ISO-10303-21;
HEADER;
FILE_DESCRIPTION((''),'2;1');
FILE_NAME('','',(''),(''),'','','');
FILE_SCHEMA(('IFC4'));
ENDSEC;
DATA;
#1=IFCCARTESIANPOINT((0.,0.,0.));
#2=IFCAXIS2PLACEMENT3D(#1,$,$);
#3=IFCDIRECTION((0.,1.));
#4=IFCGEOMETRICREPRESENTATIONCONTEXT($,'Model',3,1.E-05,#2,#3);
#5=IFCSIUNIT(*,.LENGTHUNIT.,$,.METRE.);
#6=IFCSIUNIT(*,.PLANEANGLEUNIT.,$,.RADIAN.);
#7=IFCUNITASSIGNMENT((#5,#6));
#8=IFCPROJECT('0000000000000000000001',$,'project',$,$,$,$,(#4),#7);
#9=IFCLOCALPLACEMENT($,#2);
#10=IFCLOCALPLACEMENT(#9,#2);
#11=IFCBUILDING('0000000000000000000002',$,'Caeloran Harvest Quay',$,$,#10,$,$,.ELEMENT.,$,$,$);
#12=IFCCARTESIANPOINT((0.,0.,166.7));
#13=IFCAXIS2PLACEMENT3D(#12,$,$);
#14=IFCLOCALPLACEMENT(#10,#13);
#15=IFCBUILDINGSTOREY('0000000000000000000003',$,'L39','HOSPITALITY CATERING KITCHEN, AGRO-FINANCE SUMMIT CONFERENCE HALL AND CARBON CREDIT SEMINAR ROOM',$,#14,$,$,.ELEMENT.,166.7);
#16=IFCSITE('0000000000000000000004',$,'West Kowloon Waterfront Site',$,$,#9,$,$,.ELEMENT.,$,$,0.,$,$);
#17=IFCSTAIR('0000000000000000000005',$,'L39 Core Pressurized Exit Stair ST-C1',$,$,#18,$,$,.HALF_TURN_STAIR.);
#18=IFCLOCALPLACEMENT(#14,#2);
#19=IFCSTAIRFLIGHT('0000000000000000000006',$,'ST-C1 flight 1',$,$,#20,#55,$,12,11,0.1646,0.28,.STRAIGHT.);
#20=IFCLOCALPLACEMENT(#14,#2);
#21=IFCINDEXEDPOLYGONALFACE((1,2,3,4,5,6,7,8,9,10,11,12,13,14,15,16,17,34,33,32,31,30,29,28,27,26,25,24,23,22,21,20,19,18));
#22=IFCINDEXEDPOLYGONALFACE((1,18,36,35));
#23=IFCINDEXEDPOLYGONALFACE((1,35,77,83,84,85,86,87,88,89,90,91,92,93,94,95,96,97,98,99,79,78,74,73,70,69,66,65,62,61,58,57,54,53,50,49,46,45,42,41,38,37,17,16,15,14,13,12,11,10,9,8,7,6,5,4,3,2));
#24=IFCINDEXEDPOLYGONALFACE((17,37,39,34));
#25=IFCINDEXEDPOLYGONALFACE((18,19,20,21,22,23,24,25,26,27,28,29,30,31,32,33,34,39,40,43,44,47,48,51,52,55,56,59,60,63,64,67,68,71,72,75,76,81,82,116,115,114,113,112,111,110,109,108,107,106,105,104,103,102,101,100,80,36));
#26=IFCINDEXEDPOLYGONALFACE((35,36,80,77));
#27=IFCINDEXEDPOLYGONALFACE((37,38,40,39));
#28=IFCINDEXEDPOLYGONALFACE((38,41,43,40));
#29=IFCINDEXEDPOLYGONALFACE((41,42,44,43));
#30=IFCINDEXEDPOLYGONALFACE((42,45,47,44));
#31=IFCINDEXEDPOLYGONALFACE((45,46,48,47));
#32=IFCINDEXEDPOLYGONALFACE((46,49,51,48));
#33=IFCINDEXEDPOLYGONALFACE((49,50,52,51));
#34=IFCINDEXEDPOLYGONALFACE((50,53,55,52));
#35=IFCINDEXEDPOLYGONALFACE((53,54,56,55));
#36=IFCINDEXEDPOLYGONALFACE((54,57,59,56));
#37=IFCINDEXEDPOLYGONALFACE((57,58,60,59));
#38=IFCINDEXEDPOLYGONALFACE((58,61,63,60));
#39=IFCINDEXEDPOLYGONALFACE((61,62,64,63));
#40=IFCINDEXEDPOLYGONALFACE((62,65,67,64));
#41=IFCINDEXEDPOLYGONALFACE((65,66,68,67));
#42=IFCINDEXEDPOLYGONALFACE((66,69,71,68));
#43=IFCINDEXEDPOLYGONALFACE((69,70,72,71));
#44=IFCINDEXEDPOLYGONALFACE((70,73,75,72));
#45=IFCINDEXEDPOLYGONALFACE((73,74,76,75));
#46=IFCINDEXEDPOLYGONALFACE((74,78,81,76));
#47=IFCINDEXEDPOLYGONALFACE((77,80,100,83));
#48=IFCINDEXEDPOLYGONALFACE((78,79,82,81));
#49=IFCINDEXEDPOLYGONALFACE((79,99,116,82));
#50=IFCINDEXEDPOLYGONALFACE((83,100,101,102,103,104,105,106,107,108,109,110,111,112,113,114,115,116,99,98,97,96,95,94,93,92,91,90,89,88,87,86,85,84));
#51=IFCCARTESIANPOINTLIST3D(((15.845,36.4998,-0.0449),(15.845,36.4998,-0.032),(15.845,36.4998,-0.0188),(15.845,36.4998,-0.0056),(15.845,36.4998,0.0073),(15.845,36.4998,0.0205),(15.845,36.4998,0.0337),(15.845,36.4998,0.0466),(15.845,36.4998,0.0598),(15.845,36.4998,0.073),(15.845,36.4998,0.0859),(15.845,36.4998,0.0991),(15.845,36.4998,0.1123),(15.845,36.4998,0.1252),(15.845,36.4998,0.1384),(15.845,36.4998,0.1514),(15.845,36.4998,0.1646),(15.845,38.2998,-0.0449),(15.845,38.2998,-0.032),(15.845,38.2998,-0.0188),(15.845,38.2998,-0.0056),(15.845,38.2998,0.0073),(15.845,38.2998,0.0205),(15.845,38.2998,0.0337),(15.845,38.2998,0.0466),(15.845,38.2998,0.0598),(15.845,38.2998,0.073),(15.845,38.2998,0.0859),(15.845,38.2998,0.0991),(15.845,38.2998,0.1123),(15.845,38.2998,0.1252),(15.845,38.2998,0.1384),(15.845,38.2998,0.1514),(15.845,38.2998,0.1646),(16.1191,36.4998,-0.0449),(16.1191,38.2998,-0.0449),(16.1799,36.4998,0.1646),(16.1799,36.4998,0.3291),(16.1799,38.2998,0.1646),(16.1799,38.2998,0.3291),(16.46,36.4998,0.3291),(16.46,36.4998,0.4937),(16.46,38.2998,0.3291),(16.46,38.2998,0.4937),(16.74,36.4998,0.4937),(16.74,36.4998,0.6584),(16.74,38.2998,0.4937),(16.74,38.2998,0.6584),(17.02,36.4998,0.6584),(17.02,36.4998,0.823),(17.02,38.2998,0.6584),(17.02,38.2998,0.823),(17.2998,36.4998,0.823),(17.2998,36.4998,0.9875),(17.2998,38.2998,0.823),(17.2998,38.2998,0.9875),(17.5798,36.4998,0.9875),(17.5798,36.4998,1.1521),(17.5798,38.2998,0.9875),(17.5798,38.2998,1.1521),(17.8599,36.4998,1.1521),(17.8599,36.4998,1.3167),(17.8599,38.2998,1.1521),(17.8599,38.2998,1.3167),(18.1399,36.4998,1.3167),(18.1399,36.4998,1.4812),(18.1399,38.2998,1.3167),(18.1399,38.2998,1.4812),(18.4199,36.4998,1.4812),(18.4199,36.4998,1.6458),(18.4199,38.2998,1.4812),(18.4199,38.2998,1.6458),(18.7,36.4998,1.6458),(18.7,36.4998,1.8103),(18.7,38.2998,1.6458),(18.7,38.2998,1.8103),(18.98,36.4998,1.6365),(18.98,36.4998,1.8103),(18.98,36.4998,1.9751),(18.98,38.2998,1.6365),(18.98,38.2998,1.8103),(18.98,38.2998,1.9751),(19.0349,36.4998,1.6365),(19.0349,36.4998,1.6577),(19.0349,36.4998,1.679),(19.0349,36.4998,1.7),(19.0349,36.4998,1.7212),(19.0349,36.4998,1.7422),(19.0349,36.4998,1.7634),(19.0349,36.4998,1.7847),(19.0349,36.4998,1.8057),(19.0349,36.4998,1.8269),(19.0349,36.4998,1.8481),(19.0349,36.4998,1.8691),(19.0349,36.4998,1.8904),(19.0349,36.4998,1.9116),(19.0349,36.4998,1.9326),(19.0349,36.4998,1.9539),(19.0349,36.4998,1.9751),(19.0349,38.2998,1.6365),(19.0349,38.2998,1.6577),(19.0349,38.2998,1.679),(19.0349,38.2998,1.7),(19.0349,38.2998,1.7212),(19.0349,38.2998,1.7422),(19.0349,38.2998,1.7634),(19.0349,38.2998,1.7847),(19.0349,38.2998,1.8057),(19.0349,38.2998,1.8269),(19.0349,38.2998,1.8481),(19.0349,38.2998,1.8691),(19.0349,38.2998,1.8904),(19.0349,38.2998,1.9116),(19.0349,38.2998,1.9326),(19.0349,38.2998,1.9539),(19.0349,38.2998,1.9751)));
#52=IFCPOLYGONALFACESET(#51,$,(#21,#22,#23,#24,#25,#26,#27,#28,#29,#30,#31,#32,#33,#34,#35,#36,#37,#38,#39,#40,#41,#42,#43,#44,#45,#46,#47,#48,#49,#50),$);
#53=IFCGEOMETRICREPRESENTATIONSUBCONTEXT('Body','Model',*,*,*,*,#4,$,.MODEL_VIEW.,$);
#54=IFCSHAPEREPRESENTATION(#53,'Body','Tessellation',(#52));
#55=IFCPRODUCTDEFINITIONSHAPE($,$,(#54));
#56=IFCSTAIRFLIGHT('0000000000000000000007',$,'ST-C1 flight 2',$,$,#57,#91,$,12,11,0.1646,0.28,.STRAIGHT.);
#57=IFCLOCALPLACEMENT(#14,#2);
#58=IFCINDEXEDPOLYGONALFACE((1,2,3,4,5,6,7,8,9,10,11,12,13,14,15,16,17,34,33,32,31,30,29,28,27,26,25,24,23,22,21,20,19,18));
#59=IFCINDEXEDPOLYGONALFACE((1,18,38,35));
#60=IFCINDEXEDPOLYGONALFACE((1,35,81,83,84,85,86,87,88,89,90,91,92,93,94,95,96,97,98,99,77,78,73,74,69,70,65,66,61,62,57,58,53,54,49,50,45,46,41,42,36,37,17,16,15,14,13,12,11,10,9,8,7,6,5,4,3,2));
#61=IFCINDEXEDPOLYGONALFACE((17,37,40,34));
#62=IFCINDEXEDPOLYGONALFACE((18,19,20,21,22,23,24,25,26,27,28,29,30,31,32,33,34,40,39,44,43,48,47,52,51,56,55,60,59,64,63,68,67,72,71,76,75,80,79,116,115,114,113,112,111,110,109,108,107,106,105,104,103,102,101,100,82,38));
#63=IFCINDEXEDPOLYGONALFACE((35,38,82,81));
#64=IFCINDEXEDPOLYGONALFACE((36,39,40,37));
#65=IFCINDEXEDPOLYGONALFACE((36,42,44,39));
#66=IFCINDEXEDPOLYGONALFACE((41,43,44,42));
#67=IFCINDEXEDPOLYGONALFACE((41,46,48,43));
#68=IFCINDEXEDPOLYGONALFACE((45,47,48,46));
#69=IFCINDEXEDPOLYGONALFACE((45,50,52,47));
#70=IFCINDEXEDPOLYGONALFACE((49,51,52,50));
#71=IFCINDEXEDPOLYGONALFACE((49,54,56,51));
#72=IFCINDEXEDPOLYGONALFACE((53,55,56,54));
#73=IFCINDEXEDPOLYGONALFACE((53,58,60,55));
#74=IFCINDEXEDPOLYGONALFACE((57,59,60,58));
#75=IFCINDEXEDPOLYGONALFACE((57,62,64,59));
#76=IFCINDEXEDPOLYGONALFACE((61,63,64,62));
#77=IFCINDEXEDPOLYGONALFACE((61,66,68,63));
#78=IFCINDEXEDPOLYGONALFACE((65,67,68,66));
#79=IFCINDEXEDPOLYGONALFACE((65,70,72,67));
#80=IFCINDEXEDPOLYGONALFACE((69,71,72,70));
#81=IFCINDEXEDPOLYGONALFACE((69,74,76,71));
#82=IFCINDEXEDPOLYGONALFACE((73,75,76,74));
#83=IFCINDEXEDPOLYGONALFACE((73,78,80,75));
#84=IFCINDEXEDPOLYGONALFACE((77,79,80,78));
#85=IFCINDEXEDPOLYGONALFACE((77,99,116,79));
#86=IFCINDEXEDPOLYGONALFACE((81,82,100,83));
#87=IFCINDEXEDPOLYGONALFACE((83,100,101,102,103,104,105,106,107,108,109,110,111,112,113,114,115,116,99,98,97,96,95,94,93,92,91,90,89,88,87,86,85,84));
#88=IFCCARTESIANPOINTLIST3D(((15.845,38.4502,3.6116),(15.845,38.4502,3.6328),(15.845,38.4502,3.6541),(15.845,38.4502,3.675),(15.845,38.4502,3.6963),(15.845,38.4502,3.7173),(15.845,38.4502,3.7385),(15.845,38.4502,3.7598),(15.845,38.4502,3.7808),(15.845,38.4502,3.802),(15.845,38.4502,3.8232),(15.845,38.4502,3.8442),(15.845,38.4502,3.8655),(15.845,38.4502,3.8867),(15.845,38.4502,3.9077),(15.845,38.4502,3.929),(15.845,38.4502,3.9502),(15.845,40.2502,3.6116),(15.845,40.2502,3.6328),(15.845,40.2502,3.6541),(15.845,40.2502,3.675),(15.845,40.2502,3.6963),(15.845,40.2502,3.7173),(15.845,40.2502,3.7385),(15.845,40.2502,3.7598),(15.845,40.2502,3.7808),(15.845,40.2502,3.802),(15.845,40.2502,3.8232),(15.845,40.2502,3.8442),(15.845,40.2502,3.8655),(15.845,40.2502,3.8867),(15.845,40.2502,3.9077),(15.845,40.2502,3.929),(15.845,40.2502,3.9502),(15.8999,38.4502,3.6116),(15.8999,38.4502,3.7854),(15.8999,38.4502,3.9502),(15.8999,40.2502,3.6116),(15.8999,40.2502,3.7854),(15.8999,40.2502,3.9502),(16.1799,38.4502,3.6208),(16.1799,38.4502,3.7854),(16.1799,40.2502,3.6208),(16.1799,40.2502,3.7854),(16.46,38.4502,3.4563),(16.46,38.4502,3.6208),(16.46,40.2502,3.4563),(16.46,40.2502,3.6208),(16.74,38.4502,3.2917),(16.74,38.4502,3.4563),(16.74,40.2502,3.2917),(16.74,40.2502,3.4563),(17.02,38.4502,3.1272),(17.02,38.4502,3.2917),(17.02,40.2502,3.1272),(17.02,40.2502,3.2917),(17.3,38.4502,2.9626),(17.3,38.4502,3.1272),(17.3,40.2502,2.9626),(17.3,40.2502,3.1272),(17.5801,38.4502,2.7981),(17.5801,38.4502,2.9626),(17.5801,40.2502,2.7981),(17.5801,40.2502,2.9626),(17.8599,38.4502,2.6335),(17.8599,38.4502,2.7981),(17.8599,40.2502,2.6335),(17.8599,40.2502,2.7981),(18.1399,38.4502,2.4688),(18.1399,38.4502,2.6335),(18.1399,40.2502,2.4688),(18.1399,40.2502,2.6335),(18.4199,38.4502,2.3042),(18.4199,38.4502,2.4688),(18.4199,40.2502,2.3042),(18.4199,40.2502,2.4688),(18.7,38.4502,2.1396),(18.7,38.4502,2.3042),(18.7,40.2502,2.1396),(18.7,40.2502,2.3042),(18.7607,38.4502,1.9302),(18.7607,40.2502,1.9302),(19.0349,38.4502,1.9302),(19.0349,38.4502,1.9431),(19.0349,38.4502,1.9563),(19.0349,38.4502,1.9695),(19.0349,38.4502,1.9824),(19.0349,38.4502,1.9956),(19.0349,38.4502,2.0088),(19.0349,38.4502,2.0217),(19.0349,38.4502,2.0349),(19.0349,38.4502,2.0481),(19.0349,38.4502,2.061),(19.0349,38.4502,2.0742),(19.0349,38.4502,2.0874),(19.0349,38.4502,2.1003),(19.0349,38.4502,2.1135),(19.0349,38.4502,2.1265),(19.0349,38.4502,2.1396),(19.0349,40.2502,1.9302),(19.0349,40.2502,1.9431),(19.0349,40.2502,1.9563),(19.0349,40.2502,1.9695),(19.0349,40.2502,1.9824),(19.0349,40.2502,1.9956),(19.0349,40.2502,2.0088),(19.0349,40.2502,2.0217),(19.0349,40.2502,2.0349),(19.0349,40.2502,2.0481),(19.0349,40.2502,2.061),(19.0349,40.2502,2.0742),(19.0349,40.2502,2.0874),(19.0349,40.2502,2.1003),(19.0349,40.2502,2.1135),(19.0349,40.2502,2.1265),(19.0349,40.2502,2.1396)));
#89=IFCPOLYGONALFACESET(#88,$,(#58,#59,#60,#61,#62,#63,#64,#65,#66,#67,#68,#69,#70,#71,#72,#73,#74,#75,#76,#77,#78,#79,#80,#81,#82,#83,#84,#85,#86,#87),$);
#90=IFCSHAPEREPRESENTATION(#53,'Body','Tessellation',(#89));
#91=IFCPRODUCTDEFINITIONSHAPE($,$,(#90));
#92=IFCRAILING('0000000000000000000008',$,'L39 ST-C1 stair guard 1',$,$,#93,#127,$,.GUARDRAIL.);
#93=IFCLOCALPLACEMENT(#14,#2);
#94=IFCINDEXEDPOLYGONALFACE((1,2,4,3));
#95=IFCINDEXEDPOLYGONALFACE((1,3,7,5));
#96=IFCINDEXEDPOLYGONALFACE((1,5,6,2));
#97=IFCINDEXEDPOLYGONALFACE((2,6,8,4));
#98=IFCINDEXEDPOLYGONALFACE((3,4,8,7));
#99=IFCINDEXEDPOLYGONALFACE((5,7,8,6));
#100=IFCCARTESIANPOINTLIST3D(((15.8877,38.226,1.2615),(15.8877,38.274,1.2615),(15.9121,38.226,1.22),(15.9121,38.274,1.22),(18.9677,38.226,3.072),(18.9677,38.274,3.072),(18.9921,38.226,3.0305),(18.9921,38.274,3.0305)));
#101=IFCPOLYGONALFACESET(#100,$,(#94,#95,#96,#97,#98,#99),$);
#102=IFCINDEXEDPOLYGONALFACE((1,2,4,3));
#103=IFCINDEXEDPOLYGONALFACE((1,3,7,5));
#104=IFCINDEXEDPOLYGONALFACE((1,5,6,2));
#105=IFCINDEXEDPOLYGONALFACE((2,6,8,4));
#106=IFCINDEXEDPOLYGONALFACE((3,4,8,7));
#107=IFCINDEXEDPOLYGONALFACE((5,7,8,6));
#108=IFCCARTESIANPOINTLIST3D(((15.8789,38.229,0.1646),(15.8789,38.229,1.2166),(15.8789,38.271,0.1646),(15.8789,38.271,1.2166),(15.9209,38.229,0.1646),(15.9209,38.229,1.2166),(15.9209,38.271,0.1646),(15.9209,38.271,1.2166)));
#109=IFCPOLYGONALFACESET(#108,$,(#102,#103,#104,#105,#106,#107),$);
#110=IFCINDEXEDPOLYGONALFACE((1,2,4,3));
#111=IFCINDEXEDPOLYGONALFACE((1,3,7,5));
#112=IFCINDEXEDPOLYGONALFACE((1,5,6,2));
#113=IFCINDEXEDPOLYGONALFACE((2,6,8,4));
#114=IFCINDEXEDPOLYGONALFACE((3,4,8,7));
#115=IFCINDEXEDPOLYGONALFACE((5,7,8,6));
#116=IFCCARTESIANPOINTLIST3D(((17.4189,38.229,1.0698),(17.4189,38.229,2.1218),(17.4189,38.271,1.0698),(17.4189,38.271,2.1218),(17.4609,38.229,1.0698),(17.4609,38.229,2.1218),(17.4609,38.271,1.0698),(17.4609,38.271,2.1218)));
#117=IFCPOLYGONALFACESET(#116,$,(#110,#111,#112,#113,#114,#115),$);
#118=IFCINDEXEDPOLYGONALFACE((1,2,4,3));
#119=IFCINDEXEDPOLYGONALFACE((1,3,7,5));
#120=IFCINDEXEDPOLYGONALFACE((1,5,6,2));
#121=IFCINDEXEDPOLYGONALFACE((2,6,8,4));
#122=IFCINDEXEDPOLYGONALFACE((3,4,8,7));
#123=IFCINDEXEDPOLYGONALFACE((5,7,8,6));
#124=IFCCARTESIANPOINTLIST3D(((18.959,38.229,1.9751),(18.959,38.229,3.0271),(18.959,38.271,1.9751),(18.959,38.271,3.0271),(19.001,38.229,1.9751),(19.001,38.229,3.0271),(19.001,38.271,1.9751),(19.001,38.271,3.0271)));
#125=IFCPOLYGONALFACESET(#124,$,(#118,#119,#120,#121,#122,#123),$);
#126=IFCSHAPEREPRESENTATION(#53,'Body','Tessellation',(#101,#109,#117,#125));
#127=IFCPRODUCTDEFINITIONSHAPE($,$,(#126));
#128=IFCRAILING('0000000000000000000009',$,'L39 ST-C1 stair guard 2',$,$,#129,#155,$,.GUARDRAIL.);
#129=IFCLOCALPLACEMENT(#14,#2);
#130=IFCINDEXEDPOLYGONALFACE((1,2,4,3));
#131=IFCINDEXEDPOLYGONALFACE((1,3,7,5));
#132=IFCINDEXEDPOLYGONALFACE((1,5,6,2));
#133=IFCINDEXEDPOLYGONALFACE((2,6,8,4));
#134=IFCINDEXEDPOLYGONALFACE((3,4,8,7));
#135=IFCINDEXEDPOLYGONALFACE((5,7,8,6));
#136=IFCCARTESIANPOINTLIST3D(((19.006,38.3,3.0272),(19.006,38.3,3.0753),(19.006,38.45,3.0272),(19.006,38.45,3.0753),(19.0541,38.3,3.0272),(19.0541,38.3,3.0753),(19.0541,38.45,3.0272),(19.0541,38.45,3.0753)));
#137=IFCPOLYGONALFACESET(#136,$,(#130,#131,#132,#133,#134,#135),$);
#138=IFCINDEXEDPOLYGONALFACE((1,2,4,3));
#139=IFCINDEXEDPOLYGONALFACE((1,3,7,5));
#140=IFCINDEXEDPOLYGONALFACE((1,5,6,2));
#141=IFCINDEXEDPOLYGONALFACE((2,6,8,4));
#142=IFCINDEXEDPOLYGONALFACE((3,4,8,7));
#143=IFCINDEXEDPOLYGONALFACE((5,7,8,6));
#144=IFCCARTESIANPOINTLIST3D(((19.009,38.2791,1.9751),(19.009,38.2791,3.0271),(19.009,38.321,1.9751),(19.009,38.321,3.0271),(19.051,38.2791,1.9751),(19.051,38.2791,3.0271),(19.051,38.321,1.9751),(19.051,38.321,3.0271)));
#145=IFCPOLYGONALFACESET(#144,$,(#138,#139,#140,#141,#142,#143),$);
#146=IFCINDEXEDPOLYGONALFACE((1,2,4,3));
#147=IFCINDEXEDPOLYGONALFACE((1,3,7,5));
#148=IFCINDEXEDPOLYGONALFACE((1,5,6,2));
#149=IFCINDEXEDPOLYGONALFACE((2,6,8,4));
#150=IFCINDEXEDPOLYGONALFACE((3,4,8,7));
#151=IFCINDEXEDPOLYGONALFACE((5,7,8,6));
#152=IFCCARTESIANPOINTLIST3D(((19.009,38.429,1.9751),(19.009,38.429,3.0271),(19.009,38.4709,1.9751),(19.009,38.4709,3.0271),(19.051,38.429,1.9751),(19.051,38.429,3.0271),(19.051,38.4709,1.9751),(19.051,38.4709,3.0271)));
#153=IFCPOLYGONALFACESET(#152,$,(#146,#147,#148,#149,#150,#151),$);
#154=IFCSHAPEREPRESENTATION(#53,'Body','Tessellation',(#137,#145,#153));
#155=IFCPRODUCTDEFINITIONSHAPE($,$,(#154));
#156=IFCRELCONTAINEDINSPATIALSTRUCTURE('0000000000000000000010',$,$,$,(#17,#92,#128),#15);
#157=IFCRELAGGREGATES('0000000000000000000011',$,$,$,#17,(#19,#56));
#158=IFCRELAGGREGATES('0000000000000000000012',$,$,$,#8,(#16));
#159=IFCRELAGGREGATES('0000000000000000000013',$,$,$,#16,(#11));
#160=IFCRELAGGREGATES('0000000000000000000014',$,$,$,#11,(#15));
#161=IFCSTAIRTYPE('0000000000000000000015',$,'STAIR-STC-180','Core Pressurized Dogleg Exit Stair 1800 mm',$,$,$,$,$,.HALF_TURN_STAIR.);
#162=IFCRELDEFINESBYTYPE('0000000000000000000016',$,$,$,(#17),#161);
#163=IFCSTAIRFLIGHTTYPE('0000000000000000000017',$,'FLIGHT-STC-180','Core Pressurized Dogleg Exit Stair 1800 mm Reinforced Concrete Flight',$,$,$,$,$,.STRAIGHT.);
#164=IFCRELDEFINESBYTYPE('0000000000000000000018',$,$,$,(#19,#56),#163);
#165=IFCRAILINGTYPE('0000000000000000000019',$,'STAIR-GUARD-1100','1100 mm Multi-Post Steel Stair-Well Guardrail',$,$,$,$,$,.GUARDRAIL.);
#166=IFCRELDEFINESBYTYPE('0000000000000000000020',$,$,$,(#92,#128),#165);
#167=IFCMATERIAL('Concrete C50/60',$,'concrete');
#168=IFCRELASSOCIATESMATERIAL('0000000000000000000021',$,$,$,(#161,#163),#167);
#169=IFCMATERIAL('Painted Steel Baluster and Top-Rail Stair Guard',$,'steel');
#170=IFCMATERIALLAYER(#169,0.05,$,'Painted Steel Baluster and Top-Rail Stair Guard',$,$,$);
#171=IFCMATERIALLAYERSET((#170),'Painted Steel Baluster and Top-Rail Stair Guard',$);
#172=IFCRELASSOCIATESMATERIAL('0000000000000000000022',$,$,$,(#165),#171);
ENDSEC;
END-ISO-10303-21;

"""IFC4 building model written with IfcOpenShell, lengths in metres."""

from ifc_helpers import new_model, si_unit, direction, frame, origin, origin_2d, place, context, subcontext, project, spatial, polyline, rectangle, outline, extrude, material, layer, layer_set, type_object, element, aggregate, save


model = new_model("IFC4")

# Units and contexts
model_context = context("Model", 3, precision=1e-05, world=origin(), true_north=direction((0.0, 1.0)))
body_context = subcontext(model_context, "Body", "Model", "MODEL_VIEW")
ifc_project = project(units=[si_unit("LENGTHUNIT", "METRE"), si_unit("PLANEANGLEUNIT", "RADIAN")], contexts=[model_context])

# Site, building, storey
site_placement = place(None, origin())
site = spatial("IfcSite", under=ifc_project, at=site_placement, Name="West Kowloon Waterfront Site", CompositionType="ELEMENT", RefElevation=0.0)
building_placement = place(site_placement, origin())
building = spatial("IfcBuilding", under=site, at=building_placement, Name="Caeloran Harvest Quay", CompositionType="ELEMENT")
storey_placement = place(building_placement, frame((0.0, 0.0, 166.7)))
storey = spatial("IfcBuildingStorey", under=building, at=storey_placement, Name="L39", Description="HOSPITALITY CATERING KITCHEN, AGRO-FINANCE SUMMIT CONFERENCE HALL AND CARBON CREDIT SEMINAR ROOM", CompositionType="ELEMENT", Elevation=166.7)

# Stair, stair flights
ifc_material_1 = material(Name="Concrete C50/60", Category="concrete")
stair_type = type_object("IfcStairType", Name="STAIR-STC-180", Description="Core Pressurized Dogleg Exit Stair 1800 mm", PredefinedType="HALF_TURN_STAIR", material=ifc_material_1)
stair_placement = place(storey_placement, origin())
stair = element("IfcStair", 1, at=stair_placement, inside=storey, type_object=stair_type, Name="L39 Core Pressurized Exit Stair ST-C1", PredefinedType="HALF_TURN_STAIR")
stair_flight_type = type_object("IfcStairFlightType", Name="FLIGHT-STC-180", Description="Core Pressurized Dogleg Exit Stair 1800 mm Reinforced Concrete Flight", PredefinedType="STRAIGHT", material=ifc_material_1)
stair_flight_1_placement = place(storey_placement, frame((15.8999, 37.3999, 0.0), z_axis=(0.0, 0.0, 1.0), x_axis=(1.0, 0.0, 0.0)))
stair_flight_1 = element("IfcStairFlight", 2, at=stair_flight_1_placement, type_object=stair_flight_type, Name="ST-C1 flight 1", NumberOfRisers=12, NumberOfTreads=11, PredefinedType="STRAIGHT", RiserHeight=0.1646, TreadLength=0.28, context=body_context, shape_type="SweptSolid", body=[
    extrude(outline(polyline([(-0.0549, -0.0449), (-0.0549, -0.032), (-0.0549, -0.0188), (-0.0549, -0.0056), (-0.0549, 0.0073), (-0.0549, 0.0205), (-0.0549, 0.0337), (-0.0549, 0.0466), (-0.0549, 0.0598), (-0.0549, 0.073), (-0.0549, 0.0859), (-0.0549, 0.0991), (-0.0549, 0.1123), (-0.0549, 0.1252), (-0.0549, 0.1384), (-0.0549, 0.1514), (-0.0549, 0.1646), (0.28, 0.1646), (0.28, 0.3291), (0.5601, 0.3291), (0.5601, 0.4937), (0.8401, 0.4937), (0.8401, 0.6584), (1.1201, 0.6584), (1.1201, 0.823), (1.3999, 0.823), (1.3999, 0.9875), (1.6799, 0.9875), (1.6799, 1.1521), (1.96, 1.1521), (1.96, 1.3167), (2.24, 1.3167), (2.24, 1.4812), (2.52, 1.4812), (2.52, 1.6458), (2.8, 1.6458), (2.8, 1.8103), (3.0801, 1.8103), (3.0801, 1.9751), (3.135, 1.9751), (3.135, 1.9539), (3.135, 1.9326), (3.135, 1.9116), (3.135, 1.8904), (3.135, 1.8691), (3.135, 1.8481), (3.135, 1.8269), (3.135, 1.8057), (3.135, 1.7847), (3.135, 1.7634), (3.135, 1.7422), (3.135, 1.7212), (3.135, 1.7), (3.135, 1.679), (3.135, 1.6577), (3.135, 1.6365), (3.0801, 1.6365), (0.2192, -0.0449), (-0.0549, -0.0449)])), frame((0.0, 0.8999, 0.0), z_axis=(0.0, -1.0, 0.0), x_axis=(1.0, 0.0, 0.0)), (0.0, 0.0, 1.0), 1.8),
])
stair_flight_2_placement = place(storey_placement, frame((18.98, 39.3501, 1.9751), z_axis=(0.0, 0.0, 1.0), x_axis=(-1.0, 0.0, 0.0)))
stair_flight_2 = element("IfcStairFlight", 3, at=stair_flight_2_placement, type_object=stair_flight_type, Name="ST-C1 flight 2", NumberOfRisers=12, NumberOfTreads=11, PredefinedType="STRAIGHT", RiserHeight=0.1646, TreadLength=0.28, context=body_context, shape_type="SweptSolid", body=[
    extrude(outline(polyline([(-0.0549, -0.0449), (-0.0549, -0.032), (-0.0549, -0.0188), (-0.0549, -0.0056), (-0.0549, 0.0073), (-0.0549, 0.0205), (-0.0549, 0.0337), (-0.0549, 0.0466), (-0.0549, 0.0598), (-0.0549, 0.073), (-0.0549, 0.0859), (-0.0549, 0.0991), (-0.0549, 0.1123), (-0.0549, 0.1252), (-0.0549, 0.1384), (-0.0549, 0.1514), (-0.0549, 0.1646), (0.28, 0.1646), (0.28, 0.3291), (0.5601, 0.3291), (0.5601, 0.4937), (0.8401, 0.4937), (0.8401, 0.6584), (1.1201, 0.6584), (1.1201, 0.823), (1.3999, 0.823), (1.3999, 0.9875), (1.6799, 0.9875), (1.6799, 1.1521), (1.96, 1.1521), (1.96, 1.3167), (2.24, 1.3167), (2.24, 1.4812), (2.52, 1.4812), (2.52, 1.6458), (2.8, 1.6458), (2.8, 1.8103), (3.0801, 1.8103), (3.0801, 1.9751), (3.135, 1.9751), (3.135, 1.9539), (3.135, 1.9326), (3.135, 1.9116), (3.135, 1.8904), (3.135, 1.8691), (3.135, 1.8481), (3.135, 1.8269), (3.135, 1.8057), (3.135, 1.7847), (3.135, 1.7634), (3.135, 1.7422), (3.135, 1.7212), (3.135, 1.7), (3.135, 1.679), (3.135, 1.6577), (3.135, 1.6365), (3.0801, 1.6365), (0.2192, -0.0449), (-0.0549, -0.0449)])), frame((0.0, 0.8999, 0.0), z_axis=(0.0, -1.0, 0.0), x_axis=(1.0, 0.0, 0.0)), (0.0, 0.0, 1.0), 1.8),
])
aggregate(stair, [stair_flight_1, stair_flight_2])

# Railings
ifc_material_2 = material(Name="Painted Steel Baluster and Top-Rail Stair Guard", Category="steel")
ifc_layer_1 = layer(ifc_material_2, 0.05, Name="Painted Steel Baluster and Top-Rail Stair Guard")
ifc_layer_set_1 = layer_set([ifc_layer_1], Name="Painted Steel Baluster and Top-Rail Stair Guard")
railing_type_1 = type_object("IfcRailingType", Name="STAIR-GUARD-1100", Description="1100 mm Multi-Post Steel Stair-Well Guardrail", PredefinedType="GUARDRAIL", material=ifc_layer_set_1)
railing_1_placement = place(storey_placement, frame((15.8999, 38.25, 0.1646)))
element("IfcRailing", 4, at=railing_1_placement, inside=storey, type_object=railing_type_1, Name="L39 ST-C1 stair guard 1", PredefinedType="GUARDRAIL", context=body_context, shape_type="SweptSolid", body=[
    extrude(rectangle(XDim=0.0481, YDim=0.0481, at=origin_2d()), frame((0.0, 0.0, 1.0762), z_axis=(0.862089, 0.0, 0.506757), x_axis=(0.0, 1.0, 0.0)), (0.0, 0.0, 1.0), 3.5728),
    extrude(rectangle(XDim=0.042, YDim=0.042, at=origin_2d()), origin(), (0.0, 0.0, 1.0), 1.052),
    extrude(rectangle(XDim=0.042, YDim=0.042, at=origin_2d()), frame((1.54, 0.0, 0.9053)), (0.0, 0.0, 1.0), 1.052),
    extrude(rectangle(XDim=0.042, YDim=0.042, at=origin_2d()), frame((3.0801, 0.0, 1.8105)), (0.0, 0.0, 1.0), 1.052),
])
railing_2_placement = place(storey_placement, frame((19.03, 38.3, 1.9751)))
element("IfcRailing", 5, at=railing_2_placement, inside=storey, type_object=railing_type_1, Name="L39 ST-C1 stair guard 2", PredefinedType="GUARDRAIL", context=body_context, shape_type="SweptSolid", body=[
    extrude(rectangle(XDim=0.0481, YDim=0.0481, at=origin_2d()), frame((0.0, 0.0, 1.0762), z_axis=(0.0, 1.0, 0.0), x_axis=(-1.0, 0.0, 0.0)), (0.0, 0.0, 1.0), 0.1499),
    extrude(rectangle(XDim=0.042, YDim=0.042, at=origin_2d()), origin(), (0.0, 0.0, 1.0), 1.052),
    extrude(rectangle(XDim=0.042, YDim=0.042, at=origin_2d()), frame((0.0, 0.1499, 0.0)), (0.0, 0.0, 1.0), 1.052),
])

save(model, "model.ifc")
